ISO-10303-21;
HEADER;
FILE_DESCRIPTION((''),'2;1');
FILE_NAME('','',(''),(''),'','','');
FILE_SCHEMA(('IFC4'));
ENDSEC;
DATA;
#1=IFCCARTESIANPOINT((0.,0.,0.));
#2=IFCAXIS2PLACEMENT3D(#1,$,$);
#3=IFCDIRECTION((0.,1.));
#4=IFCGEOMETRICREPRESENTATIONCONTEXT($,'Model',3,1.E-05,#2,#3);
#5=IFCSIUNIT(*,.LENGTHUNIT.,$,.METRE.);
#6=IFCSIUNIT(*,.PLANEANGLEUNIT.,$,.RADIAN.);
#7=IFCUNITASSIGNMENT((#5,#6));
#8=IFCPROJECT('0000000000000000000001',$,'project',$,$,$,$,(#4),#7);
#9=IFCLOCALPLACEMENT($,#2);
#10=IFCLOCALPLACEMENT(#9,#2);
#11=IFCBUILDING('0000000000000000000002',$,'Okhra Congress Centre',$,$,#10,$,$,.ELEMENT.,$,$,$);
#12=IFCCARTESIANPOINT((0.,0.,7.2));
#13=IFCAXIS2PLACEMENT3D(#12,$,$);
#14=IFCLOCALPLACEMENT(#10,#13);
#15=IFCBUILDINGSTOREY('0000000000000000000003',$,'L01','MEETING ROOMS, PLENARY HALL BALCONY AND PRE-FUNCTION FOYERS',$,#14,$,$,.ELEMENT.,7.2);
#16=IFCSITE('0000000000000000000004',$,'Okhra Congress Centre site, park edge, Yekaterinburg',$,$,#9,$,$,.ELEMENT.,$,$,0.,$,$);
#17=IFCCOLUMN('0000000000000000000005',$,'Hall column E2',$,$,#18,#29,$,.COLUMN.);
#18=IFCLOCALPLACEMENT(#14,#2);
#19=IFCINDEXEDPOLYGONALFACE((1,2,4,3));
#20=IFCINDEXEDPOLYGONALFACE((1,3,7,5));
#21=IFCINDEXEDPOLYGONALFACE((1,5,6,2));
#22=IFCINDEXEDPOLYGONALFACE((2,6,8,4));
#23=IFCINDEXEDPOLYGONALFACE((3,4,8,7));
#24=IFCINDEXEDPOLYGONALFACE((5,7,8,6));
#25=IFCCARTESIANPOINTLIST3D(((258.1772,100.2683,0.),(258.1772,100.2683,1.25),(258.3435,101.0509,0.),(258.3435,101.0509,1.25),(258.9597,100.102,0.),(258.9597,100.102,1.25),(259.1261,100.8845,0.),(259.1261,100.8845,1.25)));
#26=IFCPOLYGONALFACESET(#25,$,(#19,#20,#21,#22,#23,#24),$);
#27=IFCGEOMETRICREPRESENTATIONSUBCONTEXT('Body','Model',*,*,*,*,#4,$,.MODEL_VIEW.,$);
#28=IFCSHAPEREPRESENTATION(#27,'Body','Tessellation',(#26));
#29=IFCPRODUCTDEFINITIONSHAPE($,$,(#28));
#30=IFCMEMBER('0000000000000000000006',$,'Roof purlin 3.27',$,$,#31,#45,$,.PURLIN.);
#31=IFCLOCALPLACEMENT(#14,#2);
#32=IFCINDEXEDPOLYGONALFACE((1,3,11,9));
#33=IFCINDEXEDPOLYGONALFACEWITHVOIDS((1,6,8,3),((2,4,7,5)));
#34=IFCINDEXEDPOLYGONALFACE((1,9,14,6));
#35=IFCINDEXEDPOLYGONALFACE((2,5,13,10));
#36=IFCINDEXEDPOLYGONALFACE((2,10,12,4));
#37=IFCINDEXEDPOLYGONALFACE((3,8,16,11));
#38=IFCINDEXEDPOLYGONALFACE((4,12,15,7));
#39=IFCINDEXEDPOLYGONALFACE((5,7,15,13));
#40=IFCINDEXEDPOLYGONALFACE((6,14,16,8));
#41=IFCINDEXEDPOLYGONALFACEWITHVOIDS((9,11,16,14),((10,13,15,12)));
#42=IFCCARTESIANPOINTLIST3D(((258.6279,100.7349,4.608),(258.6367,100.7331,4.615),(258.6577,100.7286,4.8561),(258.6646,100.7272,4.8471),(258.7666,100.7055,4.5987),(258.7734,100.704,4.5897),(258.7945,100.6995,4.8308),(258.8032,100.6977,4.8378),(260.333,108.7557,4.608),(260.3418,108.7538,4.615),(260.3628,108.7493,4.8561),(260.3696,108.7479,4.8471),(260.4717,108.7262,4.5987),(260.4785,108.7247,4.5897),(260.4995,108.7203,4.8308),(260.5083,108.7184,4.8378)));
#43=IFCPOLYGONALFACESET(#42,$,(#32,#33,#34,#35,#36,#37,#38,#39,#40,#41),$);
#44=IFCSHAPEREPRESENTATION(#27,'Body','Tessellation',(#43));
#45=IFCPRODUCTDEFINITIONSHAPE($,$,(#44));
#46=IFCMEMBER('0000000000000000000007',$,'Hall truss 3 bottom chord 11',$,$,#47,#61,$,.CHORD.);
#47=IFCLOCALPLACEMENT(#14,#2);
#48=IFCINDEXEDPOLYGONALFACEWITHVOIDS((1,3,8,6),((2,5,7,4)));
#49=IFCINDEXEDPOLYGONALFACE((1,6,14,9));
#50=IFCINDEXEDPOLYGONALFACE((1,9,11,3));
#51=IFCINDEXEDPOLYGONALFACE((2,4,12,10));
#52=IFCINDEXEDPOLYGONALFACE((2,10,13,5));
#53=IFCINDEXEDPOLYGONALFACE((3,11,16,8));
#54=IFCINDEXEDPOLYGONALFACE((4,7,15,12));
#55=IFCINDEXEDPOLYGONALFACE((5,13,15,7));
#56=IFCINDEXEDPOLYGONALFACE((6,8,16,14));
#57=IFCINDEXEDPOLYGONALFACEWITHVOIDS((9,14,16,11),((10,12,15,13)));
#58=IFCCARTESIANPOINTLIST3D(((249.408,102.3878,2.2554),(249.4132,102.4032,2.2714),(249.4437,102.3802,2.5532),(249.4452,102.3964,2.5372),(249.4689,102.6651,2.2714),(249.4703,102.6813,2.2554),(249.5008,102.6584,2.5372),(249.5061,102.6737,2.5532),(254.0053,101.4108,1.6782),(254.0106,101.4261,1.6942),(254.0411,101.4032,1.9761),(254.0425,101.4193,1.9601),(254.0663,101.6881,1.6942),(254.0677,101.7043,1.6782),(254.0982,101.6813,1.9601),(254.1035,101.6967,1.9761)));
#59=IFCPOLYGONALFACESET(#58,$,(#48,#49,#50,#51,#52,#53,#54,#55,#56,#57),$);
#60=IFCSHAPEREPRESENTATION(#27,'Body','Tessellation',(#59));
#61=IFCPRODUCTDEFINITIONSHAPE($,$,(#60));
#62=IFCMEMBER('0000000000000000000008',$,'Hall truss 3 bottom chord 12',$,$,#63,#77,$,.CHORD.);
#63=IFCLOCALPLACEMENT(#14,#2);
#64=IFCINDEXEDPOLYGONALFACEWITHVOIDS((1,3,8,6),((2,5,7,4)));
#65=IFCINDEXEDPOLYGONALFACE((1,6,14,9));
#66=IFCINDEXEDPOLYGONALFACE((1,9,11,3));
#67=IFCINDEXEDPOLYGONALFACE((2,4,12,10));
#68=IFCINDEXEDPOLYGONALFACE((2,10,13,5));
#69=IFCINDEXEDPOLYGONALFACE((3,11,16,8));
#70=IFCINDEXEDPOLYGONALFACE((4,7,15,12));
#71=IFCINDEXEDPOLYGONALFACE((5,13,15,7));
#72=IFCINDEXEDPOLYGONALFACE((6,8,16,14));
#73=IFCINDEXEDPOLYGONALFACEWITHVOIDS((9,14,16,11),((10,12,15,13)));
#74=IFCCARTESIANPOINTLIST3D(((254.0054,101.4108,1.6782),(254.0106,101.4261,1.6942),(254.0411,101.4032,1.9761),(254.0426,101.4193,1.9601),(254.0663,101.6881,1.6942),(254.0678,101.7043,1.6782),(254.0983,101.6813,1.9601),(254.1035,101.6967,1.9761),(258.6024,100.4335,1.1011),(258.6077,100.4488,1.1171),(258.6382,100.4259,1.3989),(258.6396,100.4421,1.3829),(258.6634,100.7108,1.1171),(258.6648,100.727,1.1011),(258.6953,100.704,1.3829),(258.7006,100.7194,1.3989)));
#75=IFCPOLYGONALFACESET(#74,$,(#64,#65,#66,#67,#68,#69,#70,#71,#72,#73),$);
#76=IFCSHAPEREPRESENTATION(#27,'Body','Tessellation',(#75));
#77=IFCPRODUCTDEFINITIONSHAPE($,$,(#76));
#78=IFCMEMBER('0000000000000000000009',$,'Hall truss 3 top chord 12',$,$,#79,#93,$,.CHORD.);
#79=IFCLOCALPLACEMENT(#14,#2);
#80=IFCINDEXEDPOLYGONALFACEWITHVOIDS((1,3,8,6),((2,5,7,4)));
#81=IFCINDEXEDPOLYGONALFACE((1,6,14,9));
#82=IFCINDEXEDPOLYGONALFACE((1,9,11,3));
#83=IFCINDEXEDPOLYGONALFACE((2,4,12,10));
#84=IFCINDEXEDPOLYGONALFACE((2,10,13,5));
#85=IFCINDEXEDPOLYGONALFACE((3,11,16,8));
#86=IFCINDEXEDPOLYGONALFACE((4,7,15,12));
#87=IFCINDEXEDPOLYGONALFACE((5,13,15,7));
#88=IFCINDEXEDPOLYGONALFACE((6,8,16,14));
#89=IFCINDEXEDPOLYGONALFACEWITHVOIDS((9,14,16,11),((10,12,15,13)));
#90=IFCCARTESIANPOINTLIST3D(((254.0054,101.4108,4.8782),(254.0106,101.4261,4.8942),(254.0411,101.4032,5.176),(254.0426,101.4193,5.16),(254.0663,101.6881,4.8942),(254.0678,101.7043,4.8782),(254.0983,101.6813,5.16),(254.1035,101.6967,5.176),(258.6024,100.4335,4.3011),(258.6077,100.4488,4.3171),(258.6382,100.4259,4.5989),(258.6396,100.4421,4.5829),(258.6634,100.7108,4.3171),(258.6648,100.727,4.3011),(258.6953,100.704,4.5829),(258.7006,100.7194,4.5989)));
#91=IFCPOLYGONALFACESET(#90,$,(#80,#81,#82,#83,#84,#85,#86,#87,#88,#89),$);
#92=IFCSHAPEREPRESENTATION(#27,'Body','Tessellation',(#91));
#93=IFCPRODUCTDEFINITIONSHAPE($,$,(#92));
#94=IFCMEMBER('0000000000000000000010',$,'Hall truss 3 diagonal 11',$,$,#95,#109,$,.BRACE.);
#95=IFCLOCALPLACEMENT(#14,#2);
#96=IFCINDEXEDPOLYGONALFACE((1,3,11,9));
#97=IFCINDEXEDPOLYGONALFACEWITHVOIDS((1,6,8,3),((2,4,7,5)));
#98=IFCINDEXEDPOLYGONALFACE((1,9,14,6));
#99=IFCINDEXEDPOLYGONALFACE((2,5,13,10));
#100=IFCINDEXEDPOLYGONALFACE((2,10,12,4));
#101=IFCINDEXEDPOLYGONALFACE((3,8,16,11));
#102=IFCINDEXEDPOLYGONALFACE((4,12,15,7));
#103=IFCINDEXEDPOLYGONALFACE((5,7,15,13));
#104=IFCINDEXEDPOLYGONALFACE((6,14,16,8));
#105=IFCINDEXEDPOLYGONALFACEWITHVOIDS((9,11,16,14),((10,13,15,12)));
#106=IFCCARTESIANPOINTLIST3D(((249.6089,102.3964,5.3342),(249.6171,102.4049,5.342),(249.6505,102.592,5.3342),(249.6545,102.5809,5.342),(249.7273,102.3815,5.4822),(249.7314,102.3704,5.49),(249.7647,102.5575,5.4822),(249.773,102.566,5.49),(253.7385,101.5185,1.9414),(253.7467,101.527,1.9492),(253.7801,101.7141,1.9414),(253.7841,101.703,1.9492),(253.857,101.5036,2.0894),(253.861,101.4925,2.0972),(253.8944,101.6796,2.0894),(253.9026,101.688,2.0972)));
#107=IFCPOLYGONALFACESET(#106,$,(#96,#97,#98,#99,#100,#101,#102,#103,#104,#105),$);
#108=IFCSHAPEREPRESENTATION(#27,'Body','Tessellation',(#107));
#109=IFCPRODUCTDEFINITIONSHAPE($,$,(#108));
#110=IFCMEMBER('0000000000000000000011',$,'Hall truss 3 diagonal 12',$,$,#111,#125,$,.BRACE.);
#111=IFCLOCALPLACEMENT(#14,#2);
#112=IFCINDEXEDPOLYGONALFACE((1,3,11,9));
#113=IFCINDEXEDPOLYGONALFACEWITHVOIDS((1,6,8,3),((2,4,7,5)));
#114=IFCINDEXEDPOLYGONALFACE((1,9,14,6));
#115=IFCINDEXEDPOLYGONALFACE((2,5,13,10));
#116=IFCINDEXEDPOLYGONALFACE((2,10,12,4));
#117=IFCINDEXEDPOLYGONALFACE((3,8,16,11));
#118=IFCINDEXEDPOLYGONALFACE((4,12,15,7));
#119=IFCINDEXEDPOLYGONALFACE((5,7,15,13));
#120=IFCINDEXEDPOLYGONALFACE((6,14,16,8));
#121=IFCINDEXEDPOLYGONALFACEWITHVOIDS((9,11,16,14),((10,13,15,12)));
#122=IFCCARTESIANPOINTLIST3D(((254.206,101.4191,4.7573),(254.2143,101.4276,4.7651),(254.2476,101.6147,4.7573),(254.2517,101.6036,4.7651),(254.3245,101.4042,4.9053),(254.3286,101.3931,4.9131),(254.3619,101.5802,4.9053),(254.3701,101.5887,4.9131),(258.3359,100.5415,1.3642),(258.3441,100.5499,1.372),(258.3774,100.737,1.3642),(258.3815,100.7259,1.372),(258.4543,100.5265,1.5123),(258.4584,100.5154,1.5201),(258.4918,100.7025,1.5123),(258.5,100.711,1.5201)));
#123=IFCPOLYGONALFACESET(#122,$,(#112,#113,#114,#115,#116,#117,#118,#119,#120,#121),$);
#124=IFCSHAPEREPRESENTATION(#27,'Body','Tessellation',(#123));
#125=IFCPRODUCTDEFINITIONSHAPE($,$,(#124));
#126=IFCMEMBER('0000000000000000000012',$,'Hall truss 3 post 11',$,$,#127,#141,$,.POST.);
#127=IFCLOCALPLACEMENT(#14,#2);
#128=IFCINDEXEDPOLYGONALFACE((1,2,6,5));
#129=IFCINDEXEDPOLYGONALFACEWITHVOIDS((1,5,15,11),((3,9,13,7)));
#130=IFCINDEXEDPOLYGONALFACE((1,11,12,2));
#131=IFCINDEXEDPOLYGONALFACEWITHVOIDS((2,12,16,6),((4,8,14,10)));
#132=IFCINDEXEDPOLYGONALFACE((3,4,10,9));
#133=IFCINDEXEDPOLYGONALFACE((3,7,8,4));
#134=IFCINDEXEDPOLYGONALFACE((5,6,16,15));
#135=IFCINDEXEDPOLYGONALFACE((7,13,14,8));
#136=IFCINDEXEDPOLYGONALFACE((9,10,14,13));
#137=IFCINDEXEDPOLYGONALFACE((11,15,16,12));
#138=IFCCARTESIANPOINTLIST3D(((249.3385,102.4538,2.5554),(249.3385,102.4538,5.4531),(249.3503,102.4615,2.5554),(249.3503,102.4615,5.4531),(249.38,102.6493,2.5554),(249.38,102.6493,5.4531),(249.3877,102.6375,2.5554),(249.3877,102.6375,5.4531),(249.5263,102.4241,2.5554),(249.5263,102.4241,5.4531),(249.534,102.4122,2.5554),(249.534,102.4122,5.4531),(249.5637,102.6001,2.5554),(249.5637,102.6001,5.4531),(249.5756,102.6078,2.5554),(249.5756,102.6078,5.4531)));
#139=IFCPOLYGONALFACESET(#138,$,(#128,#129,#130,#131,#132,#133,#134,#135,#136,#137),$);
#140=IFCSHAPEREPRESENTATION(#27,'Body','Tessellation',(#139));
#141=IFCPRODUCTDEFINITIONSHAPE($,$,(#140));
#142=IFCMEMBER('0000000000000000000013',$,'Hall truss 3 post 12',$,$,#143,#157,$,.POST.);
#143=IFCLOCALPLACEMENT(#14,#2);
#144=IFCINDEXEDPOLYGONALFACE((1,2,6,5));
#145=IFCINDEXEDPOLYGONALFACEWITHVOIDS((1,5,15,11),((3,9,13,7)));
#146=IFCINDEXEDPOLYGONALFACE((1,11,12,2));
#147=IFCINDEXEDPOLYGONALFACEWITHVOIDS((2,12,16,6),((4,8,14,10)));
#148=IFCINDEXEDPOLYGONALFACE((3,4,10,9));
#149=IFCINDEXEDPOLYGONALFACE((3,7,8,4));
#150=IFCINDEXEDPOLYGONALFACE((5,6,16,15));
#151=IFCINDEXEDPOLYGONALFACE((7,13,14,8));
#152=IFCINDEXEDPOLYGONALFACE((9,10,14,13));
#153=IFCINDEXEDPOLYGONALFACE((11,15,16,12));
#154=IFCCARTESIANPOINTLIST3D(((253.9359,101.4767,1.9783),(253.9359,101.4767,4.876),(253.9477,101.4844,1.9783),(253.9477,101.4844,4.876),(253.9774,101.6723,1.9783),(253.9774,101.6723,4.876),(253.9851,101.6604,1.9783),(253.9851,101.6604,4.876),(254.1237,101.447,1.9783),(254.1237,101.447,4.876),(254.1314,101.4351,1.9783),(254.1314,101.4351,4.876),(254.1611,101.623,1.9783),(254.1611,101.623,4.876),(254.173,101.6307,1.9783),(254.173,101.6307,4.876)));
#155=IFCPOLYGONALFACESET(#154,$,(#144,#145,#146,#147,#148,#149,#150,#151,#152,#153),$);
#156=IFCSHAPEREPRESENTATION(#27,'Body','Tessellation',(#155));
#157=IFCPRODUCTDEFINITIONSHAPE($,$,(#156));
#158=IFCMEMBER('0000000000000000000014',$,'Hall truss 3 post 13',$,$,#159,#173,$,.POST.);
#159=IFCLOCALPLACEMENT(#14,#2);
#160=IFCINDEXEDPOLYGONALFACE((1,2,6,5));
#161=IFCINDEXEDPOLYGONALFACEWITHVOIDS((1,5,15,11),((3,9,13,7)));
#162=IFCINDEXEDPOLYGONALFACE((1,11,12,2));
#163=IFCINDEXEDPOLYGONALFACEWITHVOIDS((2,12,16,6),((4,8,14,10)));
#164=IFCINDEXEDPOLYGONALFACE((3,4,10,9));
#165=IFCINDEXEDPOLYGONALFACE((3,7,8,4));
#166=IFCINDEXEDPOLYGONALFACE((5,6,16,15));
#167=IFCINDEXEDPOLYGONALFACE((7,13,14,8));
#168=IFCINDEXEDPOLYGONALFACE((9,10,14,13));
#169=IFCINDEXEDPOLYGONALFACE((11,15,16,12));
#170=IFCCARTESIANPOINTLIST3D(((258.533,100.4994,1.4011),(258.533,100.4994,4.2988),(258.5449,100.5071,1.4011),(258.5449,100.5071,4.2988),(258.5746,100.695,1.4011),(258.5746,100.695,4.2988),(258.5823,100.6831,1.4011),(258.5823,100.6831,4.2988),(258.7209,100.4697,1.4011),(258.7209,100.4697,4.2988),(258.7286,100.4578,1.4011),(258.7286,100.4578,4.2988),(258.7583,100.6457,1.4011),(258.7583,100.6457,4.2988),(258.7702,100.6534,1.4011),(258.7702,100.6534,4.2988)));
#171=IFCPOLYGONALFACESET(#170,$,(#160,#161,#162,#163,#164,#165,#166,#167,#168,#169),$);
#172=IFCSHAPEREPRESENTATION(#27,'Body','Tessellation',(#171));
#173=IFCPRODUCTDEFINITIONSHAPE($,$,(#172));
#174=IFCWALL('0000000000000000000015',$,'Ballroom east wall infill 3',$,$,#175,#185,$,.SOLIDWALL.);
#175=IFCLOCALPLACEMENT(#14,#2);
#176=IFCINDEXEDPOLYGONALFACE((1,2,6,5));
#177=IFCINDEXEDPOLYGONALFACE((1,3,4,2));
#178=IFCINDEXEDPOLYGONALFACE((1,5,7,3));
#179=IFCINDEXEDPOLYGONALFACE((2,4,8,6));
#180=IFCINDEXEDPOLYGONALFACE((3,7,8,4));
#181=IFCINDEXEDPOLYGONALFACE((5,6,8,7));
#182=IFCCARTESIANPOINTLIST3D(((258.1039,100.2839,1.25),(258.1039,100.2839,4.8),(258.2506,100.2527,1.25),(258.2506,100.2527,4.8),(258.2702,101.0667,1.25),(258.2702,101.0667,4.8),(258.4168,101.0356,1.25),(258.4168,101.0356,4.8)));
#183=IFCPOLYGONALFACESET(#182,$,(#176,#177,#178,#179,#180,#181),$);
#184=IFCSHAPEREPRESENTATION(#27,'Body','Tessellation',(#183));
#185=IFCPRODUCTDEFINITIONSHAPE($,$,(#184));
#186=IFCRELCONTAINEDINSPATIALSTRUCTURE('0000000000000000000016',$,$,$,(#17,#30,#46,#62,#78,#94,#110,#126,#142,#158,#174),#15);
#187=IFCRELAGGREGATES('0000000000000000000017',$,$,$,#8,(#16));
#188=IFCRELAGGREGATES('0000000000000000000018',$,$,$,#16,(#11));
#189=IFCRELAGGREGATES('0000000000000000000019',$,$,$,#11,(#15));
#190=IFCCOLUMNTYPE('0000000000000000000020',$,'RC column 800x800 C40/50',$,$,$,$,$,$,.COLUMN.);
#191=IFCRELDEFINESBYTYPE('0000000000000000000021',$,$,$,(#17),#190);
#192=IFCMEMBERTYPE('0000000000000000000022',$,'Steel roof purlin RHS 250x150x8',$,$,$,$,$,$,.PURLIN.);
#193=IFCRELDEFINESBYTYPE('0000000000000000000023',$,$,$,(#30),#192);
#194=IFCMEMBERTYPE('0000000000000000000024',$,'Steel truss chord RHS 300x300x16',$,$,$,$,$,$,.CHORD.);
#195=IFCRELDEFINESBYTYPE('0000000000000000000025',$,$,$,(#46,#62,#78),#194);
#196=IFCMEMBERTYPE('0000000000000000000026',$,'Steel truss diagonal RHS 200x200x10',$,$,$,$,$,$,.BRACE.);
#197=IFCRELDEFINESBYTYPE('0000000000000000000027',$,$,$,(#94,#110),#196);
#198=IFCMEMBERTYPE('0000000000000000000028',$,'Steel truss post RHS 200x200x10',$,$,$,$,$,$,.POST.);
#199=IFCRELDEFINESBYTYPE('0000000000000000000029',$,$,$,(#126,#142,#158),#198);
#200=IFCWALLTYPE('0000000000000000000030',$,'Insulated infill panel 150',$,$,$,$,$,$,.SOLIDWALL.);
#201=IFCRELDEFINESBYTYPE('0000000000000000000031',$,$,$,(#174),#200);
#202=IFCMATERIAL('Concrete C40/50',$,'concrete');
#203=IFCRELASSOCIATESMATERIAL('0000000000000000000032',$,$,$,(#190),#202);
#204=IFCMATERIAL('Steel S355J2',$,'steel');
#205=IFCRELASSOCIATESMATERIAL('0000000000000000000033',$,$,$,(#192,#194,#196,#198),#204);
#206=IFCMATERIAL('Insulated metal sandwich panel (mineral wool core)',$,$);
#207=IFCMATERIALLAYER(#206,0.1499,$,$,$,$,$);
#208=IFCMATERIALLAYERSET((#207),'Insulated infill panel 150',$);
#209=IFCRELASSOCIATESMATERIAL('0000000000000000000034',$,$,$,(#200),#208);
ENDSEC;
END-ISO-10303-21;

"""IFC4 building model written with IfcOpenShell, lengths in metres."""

from ifc_helpers import new_model, si_unit, direction, frame, frame_2d, origin, origin_2d, place, context, subcontext, project, spatial, rectangle, hollow_rectangle, extrude, material, layer, layer_set, material_profile, profile_set, type_object, element, save


model = new_model("IFC4")

# Units and contexts
model_context = context("Model", 3, precision=1e-05, world=origin(), true_north=direction((0.0, 1.0)))
body_context = subcontext(model_context, "Body", "Model", "MODEL_VIEW")
ifc_project = project(units=[si_unit("LENGTHUNIT", "METRE"), si_unit("PLANEANGLEUNIT", "RADIAN")], contexts=[model_context])

# Site, building, storey
site_placement = place(None, origin())
site = spatial("IfcSite", under=ifc_project, at=site_placement, Name="Okhra Congress Centre site, park edge, Yekaterinburg", CompositionType="ELEMENT", RefElevation=0.0)
building_placement = place(site_placement, origin())
building = spatial("IfcBuilding", under=site, at=building_placement, Name="Okhra Congress Centre", CompositionType="ELEMENT")
storey_placement = place(building_placement, frame((0.0, 0.0, 7.2)))
storey = spatial("IfcBuildingStorey", under=building, at=storey_placement, Name="L01", Description="MEETING ROOMS, PLENARY HALL BALCONY AND PRE-FUNCTION FOYERS", CompositionType="ELEMENT", Elevation=7.2)

# Column
ifc_material_1 = material(Name="Concrete C40/50", Category="concrete")
ifc_material_profile_1 = material_profile(ifc_material_1, rectangle(XDim=0.8, YDim=0.8, at=origin_2d()), Name="RC 800x800")
ifc_profile_set_1 = profile_set([ifc_material_profile_1], Name="Concrete C40/50")
column_type = type_object("IfcColumnType", Name="RC column 800x800 C40/50", PredefinedType="COLUMN", material=ifc_profile_set_1)
column_placement = place(storey_placement, frame((258.6516, 100.5764, 0.0), z_axis=(0.0, 0.0, 1.0), x_axis=(0.978148, -0.207912, 0.0)))
element("IfcColumn", 1, at=column_placement, inside=storey, type_object=column_type, Name="Hall column E2", PredefinedType="COLUMN", context=body_context, shape_type="SweptSolid", body=[
    extrude(rectangle(XDim=0.8, YDim=0.8, at=origin_2d()), origin(), (0.0, 0.0, 1.0), 1.25),
])

# Members
ifc_material_2 = material(Name="Steel S355J2", Category="steel")
ifc_material_profile_2 = material_profile(ifc_material_2, hollow_rectangle(XDim=0.1499, YDim=0.25, WallThickness=0.0081, at=origin_2d()), Name="RHS 250x150x8")
ifc_profile_set_2 = profile_set([ifc_material_profile_2], Name="Steel S355J2")
member_type_1 = type_object("IfcMemberType", Name="Steel roof purlin RHS 250x150x8", PredefinedType="PURLIN", material=ifc_profile_set_2)
member_1_placement = place(storey_placement, frame((258.7156, 100.7163, 4.7229), z_axis=(0.207937, 0.978142, 0.0), x_axis=(-0.970851, 0.206387, 0.121869)))
element("IfcMember", 2, at=member_1_placement, inside=storey, type_object=member_type_1, Name="Roof purlin 3.27", PredefinedType="PURLIN", context=body_context, shape_type="SweptSolid", body=[
    extrude(hollow_rectangle(XDim=0.1499, YDim=0.25, WallThickness=0.0081, at=origin_2d()), origin(), (0.0, 0.0, 1.0), 8.2),
])
ifc_material_profile_3 = material_profile(ifc_material_2, hollow_rectangle(XDim=0.3, YDim=0.3, WallThickness=0.0161, at=origin_2d()), Name="RHS 300x300x16")
ifc_profile_set_3 = profile_set([ifc_material_profile_3], Name="Steel S355J2")
member_type_2 = type_object("IfcMemberType", Name="Steel truss chord RHS 300x300x16", PredefinedType="CHORD", material=ifc_profile_set_3)
member_2_placement = place(storey_placement, frame((249.457, 102.5308, 2.4043), z_axis=(0.970862, -0.206329, -0.12188), x_axis=(0.207879, 0.978154, 0.0)))
element("IfcMember", 3, at=member_2_placement, inside=storey, type_object=member_type_2, Name="Hall truss 3 bottom chord 11", PredefinedType="CHORD", context=body_context, shape_type="SweptSolid", body=[
    extrude(hollow_rectangle(XDim=0.3, YDim=0.3, WallThickness=0.0161, at=origin_2d()), origin(), (0.0, 0.0, 1.0), 4.7354),
])
for number, where, z_axis, x_axis, name in (
    (4, (254.0544, 101.5537, 1.8271), (0.970849, -0.206389, -0.121885), (0.20794, 0.978142, 0.0), "Hall truss 3 bottom chord 12"),
    (5, (254.0544, 101.5537, 5.0271), (0.970849, -0.206389, -0.121885), (0.20794, 0.978142, 0.0), "Hall truss 3 top chord 12"),
):
    element("IfcMember", number, at=place(storey_placement, frame(where, z_axis=z_axis, x_axis=x_axis)), inside=storey, type_object=member_type_2, Name=name, PredefinedType="CHORD", context=body_context, shape_type="SweptSolid", body=[
        extrude(hollow_rectangle(XDim=0.3, YDim=0.3, WallThickness=0.0161, at=origin_2d()), origin(), (0.0, 0.0, 1.0), 4.7351),
    ])
ifc_material_profile_4 = material_profile(ifc_material_2, hollow_rectangle(XDim=0.2, YDim=0.2, WallThickness=0.01, at=origin_2d()), Name="RHS 200x200x10 diagonal")
ifc_profile_set_4 = profile_set([ifc_material_profile_4], Name="Steel S355J2")
member_type_3 = type_object("IfcMemberType", Name="Steel truss diagonal RHS 200x200x10", PredefinedType="BRACE", material=ifc_profile_set_4)
member_3_placement = place(storey_placement, frame((249.6909, 102.4812, 5.4121), z_axis=(0.762451, -0.162091, -0.626414), x_axis=(0.207945, 0.97814, 0.0)))
element("IfcMember", 6, at=member_3_placement, inside=storey, type_object=member_type_3, Name="Hall truss 3 diagonal 11", PredefinedType="BRACE", context=body_context, shape_type="SweptSolid", body=[
    extrude(hollow_rectangle(XDim=0.2, YDim=0.2, WallThickness=0.01, at=origin_2d()), origin(), (0.0, 0.0, 1.0), 5.4163),
])
member_4_placement = place(storey_placement, frame((254.2881, 101.5039, 4.8352), z_axis=(0.762454, -0.162037, -0.626424), x_axis=(0.207878, 0.978155, 0.0)))
element("IfcMember", 7, at=member_4_placement, inside=storey, type_object=member_type_3, Name="Hall truss 3 diagonal 12", PredefinedType="BRACE", context=body_context, shape_type="SweptSolid", body=[
    extrude(hollow_rectangle(XDim=0.2, YDim=0.2, WallThickness=0.01, at=origin_2d()), origin(), (0.0, 0.0, 1.0), 5.4165),
])
ifc_material_profile_5 = material_profile(ifc_material_2, hollow_rectangle(XDim=0.2, YDim=0.2, WallThickness=0.01, at=origin_2d()), Name="RHS 200x200x10")
ifc_profile_set_5 = profile_set([ifc_material_profile_5], Name="Steel S355J2")
member_type_4 = type_object("IfcMemberType", Name="Steel truss post RHS 200x200x10", PredefinedType="POST", material=ifc_profile_set_5)
for number, where, z_axis, x_axis, name in (
    (8, (249.457, 102.5308, 2.5554), (0.0, 0.0, 1.0), (0.978148, -0.207912, 0.0), "Hall truss 3 post 11"),
    (9, (254.0544, 101.5537, 1.9783), (0.0, 0.0, 1.0), (0.978148, -0.207912, 0.0), "Hall truss 3 post 12"),
    (10, (258.6516, 100.5764, 1.4011), (0.0, 0.0, 1.0), (0.978148, -0.207912, 0.0), "Hall truss 3 post 13"),
):
    element("IfcMember", number, at=place(storey_placement, frame(where, z_axis=z_axis, x_axis=x_axis)), inside=storey, type_object=member_type_4, Name=name, PredefinedType="POST", context=body_context, shape_type="SweptSolid", body=[
        extrude(hollow_rectangle(XDim=0.2, YDim=0.2, WallThickness=0.01, at=origin_2d()), origin(), (0.0, 0.0, 1.0), 2.8977),
    ])

# Wall
ifc_material_3 = material(Name="Insulated metal sandwich panel (mineral wool core)")
ifc_layer_1 = layer(ifc_material_3, 0.1499)
ifc_layer_set_1 = layer_set([ifc_layer_1], Name="Insulated infill panel 150")
wall_type_1 = type_object("IfcWallType", Name="Insulated infill panel 150", PredefinedType="SOLIDWALL", material=ifc_layer_set_1)
wall_1_placement = place(storey_placement, frame((258.1772, 100.2683, 1.25), z_axis=(0.0, 0.0, 1.0), x_axis=(0.207778, 0.978176, 0.0)))
element("IfcWall", 11, at=wall_1_placement, inside=storey, type_object=wall_type_1, Name="Ballroom east wall infill 3", PredefinedType="SOLIDWALL", context=body_context, shape_type="SweptSolid", body=[
    extrude(rectangle(XDim=0.8003, YDim=0.1499, at=frame_2d((0.4001, 0.0))), origin(), (0.0, 0.0, 1.0), 3.55),
])

save(model, "model.ifc")
